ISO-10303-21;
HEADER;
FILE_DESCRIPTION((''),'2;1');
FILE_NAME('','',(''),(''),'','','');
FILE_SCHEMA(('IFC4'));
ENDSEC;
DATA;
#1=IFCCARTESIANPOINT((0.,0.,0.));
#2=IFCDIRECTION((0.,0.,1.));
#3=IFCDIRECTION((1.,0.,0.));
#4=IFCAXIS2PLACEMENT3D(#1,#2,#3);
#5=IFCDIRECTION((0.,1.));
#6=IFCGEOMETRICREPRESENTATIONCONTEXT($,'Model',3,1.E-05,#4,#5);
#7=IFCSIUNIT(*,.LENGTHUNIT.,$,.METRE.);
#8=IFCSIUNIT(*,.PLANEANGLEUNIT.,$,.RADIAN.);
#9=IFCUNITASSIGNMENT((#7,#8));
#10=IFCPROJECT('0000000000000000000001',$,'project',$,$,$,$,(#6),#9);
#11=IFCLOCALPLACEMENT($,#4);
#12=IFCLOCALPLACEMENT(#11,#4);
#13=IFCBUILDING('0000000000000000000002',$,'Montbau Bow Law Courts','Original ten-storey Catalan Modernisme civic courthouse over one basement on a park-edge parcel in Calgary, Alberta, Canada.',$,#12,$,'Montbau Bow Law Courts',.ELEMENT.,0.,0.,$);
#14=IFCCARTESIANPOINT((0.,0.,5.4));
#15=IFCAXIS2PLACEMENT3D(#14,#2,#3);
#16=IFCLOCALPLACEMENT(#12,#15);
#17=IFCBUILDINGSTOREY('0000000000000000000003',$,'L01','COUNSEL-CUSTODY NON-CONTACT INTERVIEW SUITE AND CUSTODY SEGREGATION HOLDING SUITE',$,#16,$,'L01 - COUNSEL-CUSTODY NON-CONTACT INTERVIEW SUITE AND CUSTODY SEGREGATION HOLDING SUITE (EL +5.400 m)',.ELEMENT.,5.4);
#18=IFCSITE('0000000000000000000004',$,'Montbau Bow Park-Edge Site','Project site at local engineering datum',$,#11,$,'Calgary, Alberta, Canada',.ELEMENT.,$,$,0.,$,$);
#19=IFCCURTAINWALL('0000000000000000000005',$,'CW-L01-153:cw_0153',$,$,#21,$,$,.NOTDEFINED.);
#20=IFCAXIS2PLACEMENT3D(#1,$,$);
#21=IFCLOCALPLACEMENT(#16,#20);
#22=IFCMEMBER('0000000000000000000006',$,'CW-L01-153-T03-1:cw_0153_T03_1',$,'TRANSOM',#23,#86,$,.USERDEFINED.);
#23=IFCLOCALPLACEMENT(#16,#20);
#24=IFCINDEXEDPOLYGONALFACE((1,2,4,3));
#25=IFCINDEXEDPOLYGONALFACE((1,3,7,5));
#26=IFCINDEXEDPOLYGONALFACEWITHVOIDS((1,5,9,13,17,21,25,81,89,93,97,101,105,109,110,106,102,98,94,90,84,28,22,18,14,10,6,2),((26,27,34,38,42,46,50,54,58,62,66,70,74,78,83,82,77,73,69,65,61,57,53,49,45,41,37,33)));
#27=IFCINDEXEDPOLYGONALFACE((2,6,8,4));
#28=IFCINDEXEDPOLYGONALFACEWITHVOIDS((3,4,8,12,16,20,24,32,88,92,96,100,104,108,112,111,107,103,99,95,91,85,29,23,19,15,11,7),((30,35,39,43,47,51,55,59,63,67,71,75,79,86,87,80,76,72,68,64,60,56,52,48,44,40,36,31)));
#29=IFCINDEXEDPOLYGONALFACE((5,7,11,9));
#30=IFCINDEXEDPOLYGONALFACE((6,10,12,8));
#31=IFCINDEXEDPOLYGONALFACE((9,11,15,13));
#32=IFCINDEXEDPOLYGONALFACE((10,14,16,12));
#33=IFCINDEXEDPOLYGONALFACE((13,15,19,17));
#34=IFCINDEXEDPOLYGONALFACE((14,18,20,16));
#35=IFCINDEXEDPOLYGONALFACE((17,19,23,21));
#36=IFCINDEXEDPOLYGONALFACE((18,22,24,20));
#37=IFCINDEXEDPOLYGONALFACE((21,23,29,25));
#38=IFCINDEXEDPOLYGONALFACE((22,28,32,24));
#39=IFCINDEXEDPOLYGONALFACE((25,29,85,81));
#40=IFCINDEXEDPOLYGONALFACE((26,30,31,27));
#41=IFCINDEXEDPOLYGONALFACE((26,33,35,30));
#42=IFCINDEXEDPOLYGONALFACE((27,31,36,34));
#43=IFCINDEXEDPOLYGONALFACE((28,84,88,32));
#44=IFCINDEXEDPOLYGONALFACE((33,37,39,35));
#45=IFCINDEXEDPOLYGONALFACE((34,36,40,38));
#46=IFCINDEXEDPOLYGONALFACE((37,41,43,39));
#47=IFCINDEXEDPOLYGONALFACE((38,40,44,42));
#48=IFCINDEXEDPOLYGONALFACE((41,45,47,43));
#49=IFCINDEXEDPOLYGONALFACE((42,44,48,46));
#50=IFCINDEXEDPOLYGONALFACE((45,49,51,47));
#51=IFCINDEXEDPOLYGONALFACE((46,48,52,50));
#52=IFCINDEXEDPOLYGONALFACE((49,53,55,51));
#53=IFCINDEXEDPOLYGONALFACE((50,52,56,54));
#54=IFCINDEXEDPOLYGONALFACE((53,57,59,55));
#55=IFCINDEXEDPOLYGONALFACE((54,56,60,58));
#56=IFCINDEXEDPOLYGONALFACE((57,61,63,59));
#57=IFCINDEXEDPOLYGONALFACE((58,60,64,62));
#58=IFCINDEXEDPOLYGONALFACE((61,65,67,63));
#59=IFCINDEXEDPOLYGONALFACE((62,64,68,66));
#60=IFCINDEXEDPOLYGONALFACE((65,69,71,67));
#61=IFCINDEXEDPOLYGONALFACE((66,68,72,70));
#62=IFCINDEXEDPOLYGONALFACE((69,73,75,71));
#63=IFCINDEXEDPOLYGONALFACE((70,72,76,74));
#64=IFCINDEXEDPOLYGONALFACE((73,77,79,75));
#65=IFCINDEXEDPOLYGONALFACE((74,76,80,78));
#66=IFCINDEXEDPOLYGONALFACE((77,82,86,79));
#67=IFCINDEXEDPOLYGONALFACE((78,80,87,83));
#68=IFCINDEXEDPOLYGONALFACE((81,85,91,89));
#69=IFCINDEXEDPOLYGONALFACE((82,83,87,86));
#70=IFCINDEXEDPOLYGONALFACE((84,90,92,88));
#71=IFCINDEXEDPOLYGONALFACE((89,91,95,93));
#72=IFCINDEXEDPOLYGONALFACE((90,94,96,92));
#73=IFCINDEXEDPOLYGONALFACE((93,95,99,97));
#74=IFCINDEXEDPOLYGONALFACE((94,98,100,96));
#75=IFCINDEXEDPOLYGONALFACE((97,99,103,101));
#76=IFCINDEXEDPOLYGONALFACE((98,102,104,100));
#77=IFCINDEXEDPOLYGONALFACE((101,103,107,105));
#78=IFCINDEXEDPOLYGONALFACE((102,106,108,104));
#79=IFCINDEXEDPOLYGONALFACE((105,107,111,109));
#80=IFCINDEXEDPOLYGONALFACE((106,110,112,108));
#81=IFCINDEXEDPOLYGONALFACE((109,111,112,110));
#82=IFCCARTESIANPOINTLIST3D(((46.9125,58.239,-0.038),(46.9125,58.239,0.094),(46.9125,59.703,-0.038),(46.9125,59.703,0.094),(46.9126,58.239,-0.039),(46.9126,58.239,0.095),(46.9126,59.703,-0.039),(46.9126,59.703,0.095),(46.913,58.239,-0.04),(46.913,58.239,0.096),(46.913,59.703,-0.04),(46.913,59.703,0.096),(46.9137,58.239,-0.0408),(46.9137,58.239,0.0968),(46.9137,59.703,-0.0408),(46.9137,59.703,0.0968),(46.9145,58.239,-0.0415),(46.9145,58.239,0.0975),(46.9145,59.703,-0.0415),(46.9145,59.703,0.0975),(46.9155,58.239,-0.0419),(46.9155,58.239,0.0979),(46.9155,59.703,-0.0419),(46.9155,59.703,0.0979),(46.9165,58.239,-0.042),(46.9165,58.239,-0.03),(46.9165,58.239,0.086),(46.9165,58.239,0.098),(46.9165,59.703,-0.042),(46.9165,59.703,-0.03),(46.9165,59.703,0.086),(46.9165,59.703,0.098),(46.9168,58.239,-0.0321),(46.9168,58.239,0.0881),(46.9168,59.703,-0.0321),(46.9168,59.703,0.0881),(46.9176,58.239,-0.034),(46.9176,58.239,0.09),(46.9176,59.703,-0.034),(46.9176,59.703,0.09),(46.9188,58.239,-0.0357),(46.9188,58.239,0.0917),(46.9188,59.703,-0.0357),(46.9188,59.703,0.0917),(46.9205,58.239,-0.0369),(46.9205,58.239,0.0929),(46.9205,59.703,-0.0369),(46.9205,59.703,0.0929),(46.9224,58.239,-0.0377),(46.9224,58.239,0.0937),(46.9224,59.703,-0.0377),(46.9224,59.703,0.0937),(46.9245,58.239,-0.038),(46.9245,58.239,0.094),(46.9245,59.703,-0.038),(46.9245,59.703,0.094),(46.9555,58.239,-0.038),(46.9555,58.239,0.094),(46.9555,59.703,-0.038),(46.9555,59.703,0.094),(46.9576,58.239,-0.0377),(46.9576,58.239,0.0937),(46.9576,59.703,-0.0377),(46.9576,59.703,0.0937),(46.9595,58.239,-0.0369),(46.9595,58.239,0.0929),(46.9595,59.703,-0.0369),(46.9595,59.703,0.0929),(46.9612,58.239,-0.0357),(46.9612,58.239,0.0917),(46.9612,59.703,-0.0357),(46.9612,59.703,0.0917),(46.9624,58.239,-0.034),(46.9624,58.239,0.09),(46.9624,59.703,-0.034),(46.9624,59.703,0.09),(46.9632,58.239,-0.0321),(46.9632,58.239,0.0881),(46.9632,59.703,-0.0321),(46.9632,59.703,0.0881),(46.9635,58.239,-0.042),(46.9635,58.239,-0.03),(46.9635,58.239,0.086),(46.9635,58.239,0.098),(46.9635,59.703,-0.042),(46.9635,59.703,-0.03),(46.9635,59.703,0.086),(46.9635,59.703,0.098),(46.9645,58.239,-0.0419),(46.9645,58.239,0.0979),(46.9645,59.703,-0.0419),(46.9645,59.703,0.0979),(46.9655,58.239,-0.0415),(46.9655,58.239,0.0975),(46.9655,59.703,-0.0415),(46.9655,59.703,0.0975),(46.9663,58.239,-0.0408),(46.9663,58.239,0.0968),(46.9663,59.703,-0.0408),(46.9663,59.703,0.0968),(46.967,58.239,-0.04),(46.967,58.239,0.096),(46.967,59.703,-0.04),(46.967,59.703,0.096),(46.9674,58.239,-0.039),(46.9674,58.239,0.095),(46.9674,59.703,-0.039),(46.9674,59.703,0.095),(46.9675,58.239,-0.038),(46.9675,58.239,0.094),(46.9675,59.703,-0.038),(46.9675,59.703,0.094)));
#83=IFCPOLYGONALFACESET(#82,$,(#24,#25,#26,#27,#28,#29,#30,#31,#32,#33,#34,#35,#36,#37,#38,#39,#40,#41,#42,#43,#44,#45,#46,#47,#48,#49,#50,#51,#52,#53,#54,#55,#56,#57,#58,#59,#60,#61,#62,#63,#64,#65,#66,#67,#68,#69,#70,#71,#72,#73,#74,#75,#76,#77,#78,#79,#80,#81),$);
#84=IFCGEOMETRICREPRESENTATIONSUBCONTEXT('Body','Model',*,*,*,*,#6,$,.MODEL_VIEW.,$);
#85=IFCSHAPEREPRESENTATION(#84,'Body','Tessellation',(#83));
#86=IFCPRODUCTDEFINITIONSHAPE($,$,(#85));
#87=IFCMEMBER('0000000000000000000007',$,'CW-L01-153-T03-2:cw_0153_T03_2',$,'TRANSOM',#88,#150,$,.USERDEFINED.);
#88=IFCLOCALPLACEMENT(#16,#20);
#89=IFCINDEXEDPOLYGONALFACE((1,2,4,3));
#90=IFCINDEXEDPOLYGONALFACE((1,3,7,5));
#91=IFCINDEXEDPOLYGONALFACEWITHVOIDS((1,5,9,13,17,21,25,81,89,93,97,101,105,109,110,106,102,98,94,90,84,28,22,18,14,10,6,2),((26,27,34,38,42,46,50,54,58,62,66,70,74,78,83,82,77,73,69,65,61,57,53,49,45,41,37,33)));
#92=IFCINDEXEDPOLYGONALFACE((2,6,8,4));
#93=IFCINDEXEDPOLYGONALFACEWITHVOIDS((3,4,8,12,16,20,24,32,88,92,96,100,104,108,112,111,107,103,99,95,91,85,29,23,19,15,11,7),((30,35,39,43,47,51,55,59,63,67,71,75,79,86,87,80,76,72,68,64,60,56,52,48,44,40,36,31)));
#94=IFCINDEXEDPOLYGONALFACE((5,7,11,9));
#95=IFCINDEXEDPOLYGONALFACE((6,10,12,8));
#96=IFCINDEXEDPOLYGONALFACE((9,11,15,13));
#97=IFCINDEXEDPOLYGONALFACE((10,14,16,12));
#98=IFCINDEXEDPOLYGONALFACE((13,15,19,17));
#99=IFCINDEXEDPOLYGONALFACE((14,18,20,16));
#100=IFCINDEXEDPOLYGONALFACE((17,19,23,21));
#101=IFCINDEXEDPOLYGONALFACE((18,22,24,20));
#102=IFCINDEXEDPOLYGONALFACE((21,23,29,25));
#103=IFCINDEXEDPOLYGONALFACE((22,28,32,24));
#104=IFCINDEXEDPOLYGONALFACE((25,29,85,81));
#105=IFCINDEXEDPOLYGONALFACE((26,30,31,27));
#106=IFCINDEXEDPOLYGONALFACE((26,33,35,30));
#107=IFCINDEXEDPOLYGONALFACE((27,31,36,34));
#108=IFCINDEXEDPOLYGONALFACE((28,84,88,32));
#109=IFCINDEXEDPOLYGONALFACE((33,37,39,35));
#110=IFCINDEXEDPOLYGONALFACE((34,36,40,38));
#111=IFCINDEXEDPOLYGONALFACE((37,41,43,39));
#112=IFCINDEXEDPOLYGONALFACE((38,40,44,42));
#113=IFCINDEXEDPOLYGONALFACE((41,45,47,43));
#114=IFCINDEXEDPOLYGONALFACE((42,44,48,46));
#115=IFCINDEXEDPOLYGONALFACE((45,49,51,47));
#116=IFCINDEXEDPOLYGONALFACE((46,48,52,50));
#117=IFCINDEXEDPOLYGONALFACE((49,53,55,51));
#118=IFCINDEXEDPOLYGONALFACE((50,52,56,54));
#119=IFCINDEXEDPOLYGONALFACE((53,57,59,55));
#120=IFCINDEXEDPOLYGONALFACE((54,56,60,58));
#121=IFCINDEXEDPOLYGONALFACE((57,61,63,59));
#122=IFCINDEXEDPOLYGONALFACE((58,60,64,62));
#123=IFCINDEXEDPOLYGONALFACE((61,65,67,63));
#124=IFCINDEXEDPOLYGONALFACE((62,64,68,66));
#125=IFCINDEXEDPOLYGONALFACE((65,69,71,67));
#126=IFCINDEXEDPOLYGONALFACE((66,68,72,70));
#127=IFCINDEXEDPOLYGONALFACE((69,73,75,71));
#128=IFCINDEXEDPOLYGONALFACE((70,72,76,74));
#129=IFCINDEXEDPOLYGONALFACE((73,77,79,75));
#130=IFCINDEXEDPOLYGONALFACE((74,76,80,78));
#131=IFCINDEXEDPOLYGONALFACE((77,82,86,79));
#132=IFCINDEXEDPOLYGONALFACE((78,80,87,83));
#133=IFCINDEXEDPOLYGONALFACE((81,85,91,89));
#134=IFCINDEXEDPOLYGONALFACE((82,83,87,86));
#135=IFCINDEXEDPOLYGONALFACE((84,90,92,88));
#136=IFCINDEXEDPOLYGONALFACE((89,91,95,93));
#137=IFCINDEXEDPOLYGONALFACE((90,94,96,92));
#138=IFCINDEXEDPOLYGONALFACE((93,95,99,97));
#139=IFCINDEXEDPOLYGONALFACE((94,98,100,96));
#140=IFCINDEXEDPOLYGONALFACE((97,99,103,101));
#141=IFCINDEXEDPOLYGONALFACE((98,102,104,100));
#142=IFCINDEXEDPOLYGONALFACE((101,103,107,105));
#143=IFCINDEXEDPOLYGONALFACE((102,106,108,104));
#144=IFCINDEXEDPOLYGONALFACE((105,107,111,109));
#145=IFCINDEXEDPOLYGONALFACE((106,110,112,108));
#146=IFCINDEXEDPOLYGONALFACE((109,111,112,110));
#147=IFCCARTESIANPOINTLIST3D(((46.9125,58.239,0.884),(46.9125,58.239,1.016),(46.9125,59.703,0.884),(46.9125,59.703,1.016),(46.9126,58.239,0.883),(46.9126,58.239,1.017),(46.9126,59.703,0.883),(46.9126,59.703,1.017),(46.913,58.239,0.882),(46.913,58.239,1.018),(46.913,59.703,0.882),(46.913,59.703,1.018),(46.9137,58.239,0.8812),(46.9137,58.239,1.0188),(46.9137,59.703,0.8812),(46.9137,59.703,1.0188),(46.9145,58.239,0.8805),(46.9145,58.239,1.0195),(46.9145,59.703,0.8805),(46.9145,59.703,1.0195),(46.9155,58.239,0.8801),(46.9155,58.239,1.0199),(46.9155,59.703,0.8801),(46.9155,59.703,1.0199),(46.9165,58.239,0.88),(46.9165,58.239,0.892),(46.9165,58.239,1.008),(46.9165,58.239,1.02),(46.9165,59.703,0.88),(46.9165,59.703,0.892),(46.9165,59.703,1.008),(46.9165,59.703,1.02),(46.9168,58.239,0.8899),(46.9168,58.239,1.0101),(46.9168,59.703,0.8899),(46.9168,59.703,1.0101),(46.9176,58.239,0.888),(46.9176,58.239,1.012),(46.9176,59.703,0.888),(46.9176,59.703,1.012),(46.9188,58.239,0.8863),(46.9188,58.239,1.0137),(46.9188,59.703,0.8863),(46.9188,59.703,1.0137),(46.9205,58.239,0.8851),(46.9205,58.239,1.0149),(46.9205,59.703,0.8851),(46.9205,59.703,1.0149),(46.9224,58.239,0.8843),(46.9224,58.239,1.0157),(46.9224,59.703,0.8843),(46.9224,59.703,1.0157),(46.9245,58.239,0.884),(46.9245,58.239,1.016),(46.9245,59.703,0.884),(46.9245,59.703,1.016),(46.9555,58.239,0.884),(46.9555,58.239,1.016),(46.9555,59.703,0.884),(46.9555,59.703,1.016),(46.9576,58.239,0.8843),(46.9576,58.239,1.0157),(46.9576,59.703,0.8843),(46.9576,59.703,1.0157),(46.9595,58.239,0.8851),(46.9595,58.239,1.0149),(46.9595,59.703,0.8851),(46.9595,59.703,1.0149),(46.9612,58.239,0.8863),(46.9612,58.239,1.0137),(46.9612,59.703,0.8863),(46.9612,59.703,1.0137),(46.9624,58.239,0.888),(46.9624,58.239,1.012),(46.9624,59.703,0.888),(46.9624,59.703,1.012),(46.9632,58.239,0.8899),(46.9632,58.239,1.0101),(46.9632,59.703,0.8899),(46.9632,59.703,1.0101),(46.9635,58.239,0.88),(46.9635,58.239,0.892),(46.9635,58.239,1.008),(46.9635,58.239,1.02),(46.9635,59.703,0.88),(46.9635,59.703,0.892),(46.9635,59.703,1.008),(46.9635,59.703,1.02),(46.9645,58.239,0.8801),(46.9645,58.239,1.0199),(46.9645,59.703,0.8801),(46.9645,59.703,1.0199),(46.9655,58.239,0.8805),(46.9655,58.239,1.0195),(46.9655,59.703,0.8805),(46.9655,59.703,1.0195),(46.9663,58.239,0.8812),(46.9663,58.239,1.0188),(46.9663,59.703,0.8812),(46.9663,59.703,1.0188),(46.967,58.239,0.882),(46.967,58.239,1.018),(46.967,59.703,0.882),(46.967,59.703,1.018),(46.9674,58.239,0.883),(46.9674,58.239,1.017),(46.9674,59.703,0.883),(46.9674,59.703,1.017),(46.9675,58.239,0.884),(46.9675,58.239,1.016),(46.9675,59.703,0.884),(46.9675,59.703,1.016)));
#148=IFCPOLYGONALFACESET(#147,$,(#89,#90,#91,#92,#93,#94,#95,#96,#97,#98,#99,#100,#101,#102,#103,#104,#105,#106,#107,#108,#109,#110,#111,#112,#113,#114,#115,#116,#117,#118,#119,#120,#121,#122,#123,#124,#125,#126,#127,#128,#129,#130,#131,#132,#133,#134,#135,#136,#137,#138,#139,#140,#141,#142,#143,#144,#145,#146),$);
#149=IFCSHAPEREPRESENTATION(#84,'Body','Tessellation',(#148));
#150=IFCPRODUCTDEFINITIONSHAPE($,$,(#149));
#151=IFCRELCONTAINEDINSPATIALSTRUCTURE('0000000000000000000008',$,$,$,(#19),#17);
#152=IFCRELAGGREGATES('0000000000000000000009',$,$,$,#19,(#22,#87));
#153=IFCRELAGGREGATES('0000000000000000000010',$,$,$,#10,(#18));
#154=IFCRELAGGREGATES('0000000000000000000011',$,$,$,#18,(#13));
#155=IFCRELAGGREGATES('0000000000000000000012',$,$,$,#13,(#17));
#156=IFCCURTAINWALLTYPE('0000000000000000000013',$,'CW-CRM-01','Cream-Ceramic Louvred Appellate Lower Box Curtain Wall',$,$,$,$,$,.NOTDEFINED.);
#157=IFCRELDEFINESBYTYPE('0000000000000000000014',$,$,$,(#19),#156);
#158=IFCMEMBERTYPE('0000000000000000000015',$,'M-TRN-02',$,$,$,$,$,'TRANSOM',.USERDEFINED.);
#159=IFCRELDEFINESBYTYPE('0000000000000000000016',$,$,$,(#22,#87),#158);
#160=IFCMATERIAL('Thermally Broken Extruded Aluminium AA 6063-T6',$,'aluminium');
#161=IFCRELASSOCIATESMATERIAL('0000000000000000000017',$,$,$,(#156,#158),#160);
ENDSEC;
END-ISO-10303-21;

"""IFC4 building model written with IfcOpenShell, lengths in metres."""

from ifc_helpers import new_model, si_unit, direction, frame, origin_with_axes, origin_2d_with_axis, place, context, subcontext, project, spatial, hollow_rectangle, extrude, material, material_profile, profile_set, type_object, element, aggregate, save


model = new_model("IFC4")

# Units and contexts
model_context = context("Model", 3, precision=1e-05, world=origin_with_axes(), true_north=direction((0.0, 1.0)))
body_context = subcontext(model_context, "Body", "Model", "MODEL_VIEW")
ifc_project = project(units=[si_unit("LENGTHUNIT", "METRE"), si_unit("PLANEANGLEUNIT", "RADIAN")], contexts=[model_context])

# Site, building, storey
site_placement = place(None, origin_with_axes())
site = spatial("IfcSite", under=ifc_project, at=site_placement, Name="Montbau Bow Park-Edge Site", Description="Project site at local engineering datum", LongName="Calgary, Alberta, Canada", CompositionType="ELEMENT", RefElevation=0.0)
building_placement = place(site_placement, origin_with_axes())
building = spatial("IfcBuilding", under=site, at=building_placement, Name="Montbau Bow Law Courts", Description="Original ten-storey Catalan Modernisme civic courthouse over one basement on a park-edge parcel in Calgary, Alberta, Canada.", LongName="Montbau Bow Law Courts", CompositionType="ELEMENT", ElevationOfRefHeight=0.0, ElevationOfTerrain=0.0)
storey_placement = place(building_placement, frame((0.0, 0.0, 5.4), z_axis=(0.0, 0.0, 1.0), x_axis=(1.0, 0.0, 0.0)))
storey = spatial("IfcBuildingStorey", under=building, at=storey_placement, Name="L01", Description="COUNSEL-CUSTODY NON-CONTACT INTERVIEW SUITE AND CUSTODY SEGREGATION HOLDING SUITE", LongName="L01 - COUNSEL-CUSTODY NON-CONTACT INTERVIEW SUITE AND CUSTODY SEGREGATION HOLDING SUITE (EL +5.400 m)", CompositionType="ELEMENT", Elevation=5.4)

# Curtain wall, members
ifc_material_1 = material(Name="Thermally Broken Extruded Aluminium AA 6063-T6", Category="aluminium")
curtain_wall_type = type_object("IfcCurtainWallType", Name="CW-CRM-01", Description="Cream-Ceramic Louvred Appellate Lower Box Curtain Wall", PredefinedType="NOTDEFINED", material=ifc_material_1)
curtain_wall_placement = place(None, frame((46.94, 55.115, 5.4), z_axis=(0.0, 0.0, 1.0), x_axis=(1.0, 0.0, 0.0)))
curtain_wall = element("IfcCurtainWall", 1, at=curtain_wall_placement, inside=storey, type_object=curtain_wall_type, Name="CW-L01-153:cw_0153", PredefinedType="NOTDEFINED")
ifc_material_profile_1 = material_profile(ifc_material_1, hollow_rectangle(XDim=0.055, YDim=0.14, WallThickness=0.004, InnerFilletRadius=0.008, OuterFilletRadius=0.004, at=origin_2d_with_axis()), Name="CWT-140X55", Category="Main", Priority=0)
ifc_profile_set_1 = profile_set([ifc_material_profile_1], Name="Thermally Broken Extruded Aluminium AA 6063-T6")
member_type_1 = type_object("IfcMemberType", Name="M-TRN-02", ElementType="TRANSOM", PredefinedType="USERDEFINED", material=ifc_profile_set_1)
member_1_placement = place(None, frame((46.94, 58.239, 5.428), z_axis=(0.0, 1.0, 0.0), x_axis=(-1.0, 0.0, 0.0)))
member_1 = element("IfcMember", 2, at=member_1_placement, type_object=member_type_1, Name="CW-L01-153-T03-1:cw_0153_T03_1", ObjectType="TRANSOM", PredefinedType="USERDEFINED", context=body_context, shape_type="SweptSolid", body=[
    extrude(hollow_rectangle(XDim=0.055, YDim=0.14, WallThickness=0.004, InnerFilletRadius=0.008, OuterFilletRadius=0.004, at=origin_2d_with_axis()), origin_with_axes(), (0.0, 0.0, 1.0), 1.464),
])
member_2_placement = place(None, frame((46.94, 58.239, 6.35), z_axis=(0.0, 1.0, 0.0), x_axis=(-1.0, 0.0, 0.0)))
member_2 = element("IfcMember", 3, at=member_2_placement, type_object=member_type_1, Name="CW-L01-153-T03-2:cw_0153_T03_2", ObjectType="TRANSOM", PredefinedType="USERDEFINED", context=body_context, shape_type="SweptSolid", body=[
    extrude(hollow_rectangle(XDim=0.055, YDim=0.14, WallThickness=0.004, InnerFilletRadius=0.008, OuterFilletRadius=0.004, at=origin_2d_with_axis()), origin_with_axes(), (0.0, 0.0, 1.0), 1.464),
])
aggregate(curtain_wall, [member_1, member_2])

save(model, "model.ifc")
